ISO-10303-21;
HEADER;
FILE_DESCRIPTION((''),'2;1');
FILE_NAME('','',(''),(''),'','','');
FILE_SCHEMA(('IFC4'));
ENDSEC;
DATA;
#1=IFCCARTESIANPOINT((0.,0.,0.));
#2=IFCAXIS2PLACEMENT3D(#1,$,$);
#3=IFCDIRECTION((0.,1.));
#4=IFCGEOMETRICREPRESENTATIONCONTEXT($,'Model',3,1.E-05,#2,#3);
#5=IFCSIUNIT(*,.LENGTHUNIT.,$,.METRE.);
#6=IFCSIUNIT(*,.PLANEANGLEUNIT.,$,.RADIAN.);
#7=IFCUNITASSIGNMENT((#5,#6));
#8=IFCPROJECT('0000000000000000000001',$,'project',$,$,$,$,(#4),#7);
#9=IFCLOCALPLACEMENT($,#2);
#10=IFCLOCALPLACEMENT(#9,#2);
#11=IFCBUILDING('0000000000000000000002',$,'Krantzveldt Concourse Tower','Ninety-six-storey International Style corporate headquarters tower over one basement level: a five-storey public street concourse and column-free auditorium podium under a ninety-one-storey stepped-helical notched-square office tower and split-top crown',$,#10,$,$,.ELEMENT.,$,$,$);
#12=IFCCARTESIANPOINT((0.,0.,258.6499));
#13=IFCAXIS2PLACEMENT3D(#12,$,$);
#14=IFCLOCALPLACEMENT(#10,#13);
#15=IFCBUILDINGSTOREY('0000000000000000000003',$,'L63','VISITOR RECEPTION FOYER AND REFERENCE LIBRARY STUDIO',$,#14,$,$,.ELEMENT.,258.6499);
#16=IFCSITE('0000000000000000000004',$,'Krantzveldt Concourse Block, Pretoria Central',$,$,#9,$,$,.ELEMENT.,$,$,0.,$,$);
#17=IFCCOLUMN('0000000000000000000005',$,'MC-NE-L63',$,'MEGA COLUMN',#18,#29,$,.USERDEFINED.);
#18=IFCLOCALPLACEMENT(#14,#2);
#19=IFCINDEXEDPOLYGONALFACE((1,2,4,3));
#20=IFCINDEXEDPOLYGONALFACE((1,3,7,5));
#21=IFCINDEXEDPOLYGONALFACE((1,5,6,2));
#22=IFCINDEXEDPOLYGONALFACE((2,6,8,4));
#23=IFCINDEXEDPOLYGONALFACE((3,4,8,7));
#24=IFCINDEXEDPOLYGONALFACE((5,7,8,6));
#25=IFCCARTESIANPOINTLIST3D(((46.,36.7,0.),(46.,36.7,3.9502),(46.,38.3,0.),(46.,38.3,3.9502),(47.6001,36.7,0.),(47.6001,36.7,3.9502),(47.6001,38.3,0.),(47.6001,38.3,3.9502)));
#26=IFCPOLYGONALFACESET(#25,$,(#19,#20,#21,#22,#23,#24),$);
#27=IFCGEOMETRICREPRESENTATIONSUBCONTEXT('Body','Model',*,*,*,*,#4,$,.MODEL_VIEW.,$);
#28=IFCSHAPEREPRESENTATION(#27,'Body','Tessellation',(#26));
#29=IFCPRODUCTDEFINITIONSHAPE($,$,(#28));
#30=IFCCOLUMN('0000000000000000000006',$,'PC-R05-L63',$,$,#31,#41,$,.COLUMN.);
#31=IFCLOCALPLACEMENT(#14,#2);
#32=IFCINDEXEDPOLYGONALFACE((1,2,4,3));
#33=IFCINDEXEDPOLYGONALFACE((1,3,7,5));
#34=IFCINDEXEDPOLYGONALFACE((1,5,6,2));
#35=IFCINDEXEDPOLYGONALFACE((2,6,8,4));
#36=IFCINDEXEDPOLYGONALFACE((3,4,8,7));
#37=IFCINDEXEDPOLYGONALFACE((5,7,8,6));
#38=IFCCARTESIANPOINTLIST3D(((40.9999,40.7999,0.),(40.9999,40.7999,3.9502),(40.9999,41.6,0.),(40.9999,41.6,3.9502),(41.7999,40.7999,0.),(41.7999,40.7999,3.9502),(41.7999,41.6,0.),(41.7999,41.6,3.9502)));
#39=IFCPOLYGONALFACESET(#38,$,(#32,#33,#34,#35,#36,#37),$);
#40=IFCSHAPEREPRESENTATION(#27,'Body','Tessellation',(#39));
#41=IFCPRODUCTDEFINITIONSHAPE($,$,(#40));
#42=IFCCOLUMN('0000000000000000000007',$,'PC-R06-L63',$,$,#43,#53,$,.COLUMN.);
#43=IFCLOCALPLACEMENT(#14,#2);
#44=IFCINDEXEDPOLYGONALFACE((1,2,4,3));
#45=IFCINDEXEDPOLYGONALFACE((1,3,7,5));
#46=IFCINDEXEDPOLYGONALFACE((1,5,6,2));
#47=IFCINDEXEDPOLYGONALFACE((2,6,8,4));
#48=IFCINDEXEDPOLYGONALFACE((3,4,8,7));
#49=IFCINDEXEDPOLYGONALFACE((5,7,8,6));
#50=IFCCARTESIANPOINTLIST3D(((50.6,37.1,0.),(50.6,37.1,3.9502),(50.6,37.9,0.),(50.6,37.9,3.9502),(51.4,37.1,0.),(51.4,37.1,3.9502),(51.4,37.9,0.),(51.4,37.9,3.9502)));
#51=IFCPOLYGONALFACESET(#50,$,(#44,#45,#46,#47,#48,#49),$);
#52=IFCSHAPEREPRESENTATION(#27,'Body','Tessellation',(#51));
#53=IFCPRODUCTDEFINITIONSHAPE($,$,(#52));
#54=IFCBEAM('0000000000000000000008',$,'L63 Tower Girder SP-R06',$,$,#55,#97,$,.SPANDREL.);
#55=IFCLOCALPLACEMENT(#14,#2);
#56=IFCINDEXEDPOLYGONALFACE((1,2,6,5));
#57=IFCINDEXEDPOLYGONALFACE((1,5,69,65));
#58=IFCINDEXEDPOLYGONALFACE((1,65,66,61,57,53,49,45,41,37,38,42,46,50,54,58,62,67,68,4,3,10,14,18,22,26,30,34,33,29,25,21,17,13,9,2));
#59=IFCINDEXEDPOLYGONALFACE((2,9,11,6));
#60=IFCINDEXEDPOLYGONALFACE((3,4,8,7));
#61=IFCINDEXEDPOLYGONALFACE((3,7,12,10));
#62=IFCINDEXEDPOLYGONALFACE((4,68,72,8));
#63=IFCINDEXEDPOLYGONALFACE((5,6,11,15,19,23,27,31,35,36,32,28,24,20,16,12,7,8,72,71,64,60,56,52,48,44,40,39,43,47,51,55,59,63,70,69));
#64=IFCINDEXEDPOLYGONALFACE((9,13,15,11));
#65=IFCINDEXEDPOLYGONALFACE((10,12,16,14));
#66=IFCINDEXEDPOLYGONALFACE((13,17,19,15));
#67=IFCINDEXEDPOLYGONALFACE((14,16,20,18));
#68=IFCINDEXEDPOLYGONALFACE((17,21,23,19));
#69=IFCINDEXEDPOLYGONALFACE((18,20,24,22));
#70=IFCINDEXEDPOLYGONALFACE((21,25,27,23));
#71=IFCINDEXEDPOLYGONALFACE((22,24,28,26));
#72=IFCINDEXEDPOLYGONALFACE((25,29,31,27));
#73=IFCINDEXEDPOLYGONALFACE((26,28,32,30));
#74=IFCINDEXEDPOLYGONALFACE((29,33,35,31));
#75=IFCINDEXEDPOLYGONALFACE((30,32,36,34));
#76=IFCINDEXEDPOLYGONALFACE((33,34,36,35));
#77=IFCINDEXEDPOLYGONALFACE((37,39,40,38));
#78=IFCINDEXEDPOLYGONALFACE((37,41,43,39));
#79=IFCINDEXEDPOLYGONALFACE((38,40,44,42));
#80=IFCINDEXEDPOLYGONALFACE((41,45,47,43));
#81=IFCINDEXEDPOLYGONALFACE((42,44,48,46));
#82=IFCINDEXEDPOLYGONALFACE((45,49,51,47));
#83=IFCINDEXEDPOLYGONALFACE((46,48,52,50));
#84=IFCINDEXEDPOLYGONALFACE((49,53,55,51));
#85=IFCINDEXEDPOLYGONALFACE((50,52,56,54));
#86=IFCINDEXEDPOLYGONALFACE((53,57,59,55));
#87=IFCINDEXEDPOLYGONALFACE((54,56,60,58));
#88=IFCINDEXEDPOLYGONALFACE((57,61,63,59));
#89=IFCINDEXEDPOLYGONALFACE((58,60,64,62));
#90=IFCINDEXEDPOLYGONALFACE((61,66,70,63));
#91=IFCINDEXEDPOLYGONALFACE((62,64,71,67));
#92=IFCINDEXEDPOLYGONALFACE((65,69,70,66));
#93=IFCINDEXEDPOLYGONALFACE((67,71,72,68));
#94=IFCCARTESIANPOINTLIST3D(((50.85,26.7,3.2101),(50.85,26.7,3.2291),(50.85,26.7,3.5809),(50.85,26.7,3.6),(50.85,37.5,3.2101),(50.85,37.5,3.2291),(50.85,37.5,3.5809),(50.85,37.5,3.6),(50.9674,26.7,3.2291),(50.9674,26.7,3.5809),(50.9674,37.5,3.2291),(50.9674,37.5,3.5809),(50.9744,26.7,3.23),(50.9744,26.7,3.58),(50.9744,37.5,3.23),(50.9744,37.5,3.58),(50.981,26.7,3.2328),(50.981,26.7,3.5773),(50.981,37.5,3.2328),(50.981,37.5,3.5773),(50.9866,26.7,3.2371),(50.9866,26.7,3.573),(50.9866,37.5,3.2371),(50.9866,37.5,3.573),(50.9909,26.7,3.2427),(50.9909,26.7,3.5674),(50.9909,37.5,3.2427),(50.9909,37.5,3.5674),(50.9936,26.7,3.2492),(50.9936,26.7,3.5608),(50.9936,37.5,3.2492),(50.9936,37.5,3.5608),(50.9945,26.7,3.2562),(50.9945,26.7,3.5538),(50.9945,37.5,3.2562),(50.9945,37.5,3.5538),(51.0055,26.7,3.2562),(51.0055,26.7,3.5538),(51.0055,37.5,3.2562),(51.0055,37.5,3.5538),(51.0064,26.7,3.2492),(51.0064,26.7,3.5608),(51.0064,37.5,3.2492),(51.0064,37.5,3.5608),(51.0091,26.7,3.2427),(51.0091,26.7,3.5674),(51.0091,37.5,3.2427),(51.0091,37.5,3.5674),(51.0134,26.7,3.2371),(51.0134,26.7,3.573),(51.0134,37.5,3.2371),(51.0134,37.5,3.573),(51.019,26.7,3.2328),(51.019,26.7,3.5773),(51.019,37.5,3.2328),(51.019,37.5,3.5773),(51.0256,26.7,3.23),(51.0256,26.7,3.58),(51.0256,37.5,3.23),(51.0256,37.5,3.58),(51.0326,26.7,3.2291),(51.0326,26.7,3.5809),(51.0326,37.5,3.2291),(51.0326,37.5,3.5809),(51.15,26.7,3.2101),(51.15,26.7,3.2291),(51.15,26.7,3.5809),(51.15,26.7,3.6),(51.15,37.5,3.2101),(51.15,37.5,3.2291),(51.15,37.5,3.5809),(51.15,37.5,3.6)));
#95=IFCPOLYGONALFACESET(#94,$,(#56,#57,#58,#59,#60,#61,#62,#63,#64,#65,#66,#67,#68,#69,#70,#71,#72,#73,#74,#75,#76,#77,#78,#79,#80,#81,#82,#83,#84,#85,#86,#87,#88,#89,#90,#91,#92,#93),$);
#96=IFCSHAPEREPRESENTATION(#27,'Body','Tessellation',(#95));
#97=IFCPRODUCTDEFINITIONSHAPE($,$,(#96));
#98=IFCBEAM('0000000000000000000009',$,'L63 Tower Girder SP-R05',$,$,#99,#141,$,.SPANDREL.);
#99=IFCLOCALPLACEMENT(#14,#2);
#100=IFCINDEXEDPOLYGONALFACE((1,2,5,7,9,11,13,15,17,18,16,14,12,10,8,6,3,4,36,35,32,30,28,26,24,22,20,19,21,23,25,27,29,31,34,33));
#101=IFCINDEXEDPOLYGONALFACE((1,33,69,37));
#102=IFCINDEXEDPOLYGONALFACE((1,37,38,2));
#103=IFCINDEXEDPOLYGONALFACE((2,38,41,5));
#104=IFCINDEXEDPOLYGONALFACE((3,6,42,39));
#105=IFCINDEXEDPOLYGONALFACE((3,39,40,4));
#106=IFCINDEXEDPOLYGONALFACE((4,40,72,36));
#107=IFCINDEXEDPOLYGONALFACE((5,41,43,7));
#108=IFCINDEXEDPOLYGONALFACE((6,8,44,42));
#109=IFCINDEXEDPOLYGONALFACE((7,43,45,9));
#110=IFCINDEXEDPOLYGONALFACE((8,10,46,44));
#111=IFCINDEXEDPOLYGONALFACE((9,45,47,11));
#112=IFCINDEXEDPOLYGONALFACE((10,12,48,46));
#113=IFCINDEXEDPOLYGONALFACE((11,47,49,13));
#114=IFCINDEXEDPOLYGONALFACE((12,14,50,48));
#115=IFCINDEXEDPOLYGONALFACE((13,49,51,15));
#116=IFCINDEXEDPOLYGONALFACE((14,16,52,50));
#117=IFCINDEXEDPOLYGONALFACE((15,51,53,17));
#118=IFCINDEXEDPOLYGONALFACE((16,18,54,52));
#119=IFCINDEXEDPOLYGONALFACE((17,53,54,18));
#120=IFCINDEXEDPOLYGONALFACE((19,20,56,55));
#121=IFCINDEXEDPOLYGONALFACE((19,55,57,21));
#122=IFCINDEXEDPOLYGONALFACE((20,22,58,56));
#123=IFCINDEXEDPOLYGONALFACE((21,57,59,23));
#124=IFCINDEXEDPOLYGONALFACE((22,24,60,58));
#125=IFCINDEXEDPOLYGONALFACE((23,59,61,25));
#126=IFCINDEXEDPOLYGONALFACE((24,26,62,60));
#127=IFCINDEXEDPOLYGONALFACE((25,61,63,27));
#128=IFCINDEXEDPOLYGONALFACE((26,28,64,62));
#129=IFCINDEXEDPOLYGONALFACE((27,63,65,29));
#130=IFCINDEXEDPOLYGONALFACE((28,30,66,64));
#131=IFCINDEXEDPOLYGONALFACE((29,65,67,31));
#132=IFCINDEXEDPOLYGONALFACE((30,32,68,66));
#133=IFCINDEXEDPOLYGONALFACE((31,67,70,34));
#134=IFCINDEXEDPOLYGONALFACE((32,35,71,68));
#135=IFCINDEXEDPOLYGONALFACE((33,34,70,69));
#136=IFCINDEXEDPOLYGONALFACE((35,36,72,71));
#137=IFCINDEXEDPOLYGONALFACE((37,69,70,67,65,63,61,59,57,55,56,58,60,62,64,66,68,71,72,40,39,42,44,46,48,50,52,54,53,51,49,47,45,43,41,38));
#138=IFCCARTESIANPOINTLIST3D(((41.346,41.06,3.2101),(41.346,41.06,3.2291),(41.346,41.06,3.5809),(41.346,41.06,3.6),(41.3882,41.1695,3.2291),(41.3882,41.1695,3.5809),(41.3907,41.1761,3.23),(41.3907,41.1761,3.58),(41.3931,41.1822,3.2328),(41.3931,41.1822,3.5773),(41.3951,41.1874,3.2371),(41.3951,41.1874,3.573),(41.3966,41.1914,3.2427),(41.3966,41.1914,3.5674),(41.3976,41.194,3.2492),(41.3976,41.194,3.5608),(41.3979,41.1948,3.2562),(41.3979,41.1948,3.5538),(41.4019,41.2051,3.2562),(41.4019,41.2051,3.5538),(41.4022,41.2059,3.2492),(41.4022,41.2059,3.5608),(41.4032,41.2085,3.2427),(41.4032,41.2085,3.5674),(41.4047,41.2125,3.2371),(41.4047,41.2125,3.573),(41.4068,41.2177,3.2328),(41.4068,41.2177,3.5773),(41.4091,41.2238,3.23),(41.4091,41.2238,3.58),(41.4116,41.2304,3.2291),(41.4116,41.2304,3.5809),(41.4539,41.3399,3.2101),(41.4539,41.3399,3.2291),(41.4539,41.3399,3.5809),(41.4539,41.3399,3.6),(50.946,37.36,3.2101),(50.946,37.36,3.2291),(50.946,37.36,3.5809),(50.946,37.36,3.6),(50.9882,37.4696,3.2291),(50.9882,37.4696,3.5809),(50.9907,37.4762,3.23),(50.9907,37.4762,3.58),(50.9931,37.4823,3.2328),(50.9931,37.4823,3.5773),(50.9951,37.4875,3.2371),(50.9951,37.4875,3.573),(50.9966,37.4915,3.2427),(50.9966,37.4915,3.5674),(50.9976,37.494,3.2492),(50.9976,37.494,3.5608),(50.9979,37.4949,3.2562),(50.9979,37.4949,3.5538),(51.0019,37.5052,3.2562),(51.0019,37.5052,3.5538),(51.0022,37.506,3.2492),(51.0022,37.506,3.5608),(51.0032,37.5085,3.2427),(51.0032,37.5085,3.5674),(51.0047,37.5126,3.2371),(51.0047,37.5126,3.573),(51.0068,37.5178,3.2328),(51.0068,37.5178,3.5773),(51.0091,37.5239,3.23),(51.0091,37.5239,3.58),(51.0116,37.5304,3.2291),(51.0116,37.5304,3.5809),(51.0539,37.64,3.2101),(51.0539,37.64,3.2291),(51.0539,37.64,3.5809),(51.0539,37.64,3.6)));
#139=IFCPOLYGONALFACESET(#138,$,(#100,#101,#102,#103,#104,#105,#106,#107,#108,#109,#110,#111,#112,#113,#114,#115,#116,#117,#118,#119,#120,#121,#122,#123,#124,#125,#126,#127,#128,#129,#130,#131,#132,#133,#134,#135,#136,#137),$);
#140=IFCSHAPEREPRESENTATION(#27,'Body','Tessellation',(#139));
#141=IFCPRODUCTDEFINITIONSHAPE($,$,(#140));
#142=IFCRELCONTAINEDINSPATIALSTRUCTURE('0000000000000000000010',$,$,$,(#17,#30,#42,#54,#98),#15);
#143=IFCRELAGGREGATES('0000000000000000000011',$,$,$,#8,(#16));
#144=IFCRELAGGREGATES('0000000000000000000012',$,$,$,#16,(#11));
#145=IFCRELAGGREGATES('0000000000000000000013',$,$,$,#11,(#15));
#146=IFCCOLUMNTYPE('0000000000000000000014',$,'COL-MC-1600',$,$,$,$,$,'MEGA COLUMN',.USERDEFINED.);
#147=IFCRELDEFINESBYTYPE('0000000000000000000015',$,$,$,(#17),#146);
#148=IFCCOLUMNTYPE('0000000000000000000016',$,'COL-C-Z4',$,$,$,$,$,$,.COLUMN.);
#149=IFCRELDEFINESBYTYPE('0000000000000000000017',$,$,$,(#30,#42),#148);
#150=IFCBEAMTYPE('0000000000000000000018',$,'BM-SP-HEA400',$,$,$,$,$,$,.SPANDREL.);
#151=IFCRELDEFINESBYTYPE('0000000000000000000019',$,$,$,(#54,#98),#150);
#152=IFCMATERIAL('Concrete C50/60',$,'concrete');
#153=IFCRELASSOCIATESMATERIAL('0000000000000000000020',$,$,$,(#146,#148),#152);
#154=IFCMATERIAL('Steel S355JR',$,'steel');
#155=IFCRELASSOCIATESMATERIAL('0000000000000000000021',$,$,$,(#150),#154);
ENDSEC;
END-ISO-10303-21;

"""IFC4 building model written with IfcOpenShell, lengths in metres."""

from ifc_helpers import new_model, si_unit, direction, frame, origin, origin_2d, place, context, subcontext, project, spatial, rectangle, i_section, extrude, source, transform, mapped, material, material_profile, profile_set, type_object, type_shapes, element, save


model = new_model("IFC4")

# Units and contexts
model_context = context("Model", 3, precision=1e-05, world=origin(), true_north=direction((0.0, 1.0)))
body_context = subcontext(model_context, "Body", "Model", "MODEL_VIEW")
ifc_project = project(units=[si_unit("LENGTHUNIT", "METRE"), si_unit("PLANEANGLEUNIT", "RADIAN")], contexts=[model_context])

# Site, building, storey
site_placement = place(None, origin())
site = spatial("IfcSite", under=ifc_project, at=site_placement, Name="Krantzveldt Concourse Block, Pretoria Central", CompositionType="ELEMENT", RefElevation=0.0)
building_placement = place(site_placement, origin())
building = spatial("IfcBuilding", under=site, at=building_placement, Name="Krantzveldt Concourse Tower", Description="Ninety-six-storey International Style corporate headquarters tower over one basement level: a five-storey public street concourse and column-free auditorium podium under a ninety-one-storey stepped-helical notched-square office tower and split-top crown", CompositionType="ELEMENT")
storey_placement = place(building_placement, frame((0.0, 0.0, 258.6499)))
storey = spatial("IfcBuildingStorey", under=building, at=storey_placement, Name="L63", Description="VISITOR RECEPTION FOYER AND REFERENCE LIBRARY STUDIO", CompositionType="ELEMENT", Elevation=258.6499)

# Columns
ifc_material_1 = material(Name="Concrete C50/60", Category="concrete")
ifc_material_profile_1 = material_profile(ifc_material_1, rectangle(XDim=1.6001, YDim=1.6001, at=origin_2d()), Name="Concrete C50/60", Category="concrete")
ifc_profile_set_1 = profile_set([ifc_material_profile_1], Name="Concrete C50/60 - RC 1600x1600")
column_type_1 = type_object("IfcColumnType", Name="COL-MC-1600", ElementType="MEGA COLUMN", PredefinedType="USERDEFINED", material=ifc_profile_set_1)
shared_shape_1 = source(origin(), body_context, "Body", "SweptSolid", [
    extrude(rectangle(XDim=1.6001, YDim=1.6001, at=origin_2d()), origin(), (0.0, 0.0, 1.0), 3.9502),
])
type_shapes(column_type_1, [shared_shape_1])
column_placement = place(storey_placement, frame((46.8, 37.5, 0.0), z_axis=(0.0, 0.0, 1.0), x_axis=(1.0, 0.0, 0.0)))
element("IfcColumn", 1, at=column_placement, inside=storey, type_object=column_type_1, Name="MC-NE-L63", ObjectType="MEGA COLUMN", PredefinedType="USERDEFINED", context=body_context, shape_type="MappedRepresentation", body=[
    mapped(shared_shape_1, transform((0.0, 0.0, 0.0), x_axis=(1.0, 0.0, 0.0), y_axis=(0.0, 1.0, 0.0), z_axis=(0.0, 0.0, 1.0), scale=1.0)),
])
ifc_material_profile_2 = material_profile(ifc_material_1, rectangle(XDim=0.8, YDim=0.8, at=origin_2d()), Name="Concrete C50/60", Category="concrete")
ifc_profile_set_2 = profile_set([ifc_material_profile_2], Name="Concrete C50/60 - RC 800x800")
column_type_2 = type_object("IfcColumnType", Name="COL-C-Z4", PredefinedType="COLUMN", material=ifc_profile_set_2)
shared_shape_2 = source(origin(), body_context, "Body", "SweptSolid", [
    extrude(rectangle(XDim=0.8, YDim=0.8, at=origin_2d()), origin(), (0.0, 0.0, 1.0), 3.9502),
])
type_shapes(column_type_2, [shared_shape_2])
for number, where, z_axis, x_axis, name in (
    (2, (41.3999, 41.2, 0.0), (0.0, 0.0, 1.0), (1.0, 0.0, 0.0), "PC-R05-L63"),
    (3, (51.0, 37.5, 0.0), (0.0, 0.0, 1.0), (1.0, 0.0, 0.0), "PC-R06-L63"),
):
    element("IfcColumn", number, at=place(storey_placement, frame(where, z_axis=z_axis, x_axis=x_axis)), inside=storey, type_object=column_type_2, Name=name, PredefinedType="COLUMN", context=body_context, shape_type="MappedRepresentation", body=[
        mapped(shared_shape_2, transform((0.0, 0.0, 0.0), x_axis=(1.0, 0.0, 0.0), y_axis=(0.0, 1.0, 0.0), z_axis=(0.0, 0.0, 1.0), scale=1.0)),
    ])

# Beams
ifc_material_2 = material(Name="Steel S355JR", Category="steel")
ifc_material_profile_3 = material_profile(ifc_material_2, i_section(OverallWidth=0.3, OverallDepth=0.3899, WebThickness=0.011, FlangeThickness=0.019, FilletRadius=0.0271, at=origin_2d()), Name="Steel S355JR", Category="steel")
ifc_profile_set_3 = profile_set([ifc_material_profile_3], Name="Steel S355JR - HEA 400")
beam_type_1 = type_object("IfcBeamType", Name="BM-SP-HEA400", PredefinedType="SPANDREL", material=ifc_profile_set_3)
shared_shape_3 = source(origin(), body_context, "Body", "SweptSolid", [
    extrude(i_section(OverallWidth=0.3, OverallDepth=0.3899, WebThickness=0.011, FlangeThickness=0.019, FilletRadius=0.0271, at=origin_2d()), origin(), (0.0, 0.0, 1.0), 10.8),
])
beam_1_placement = place(storey_placement, frame((51.0, 37.5, 3.405), z_axis=(0.0, -1.0, 0.0), x_axis=(1.0, 0.0, 0.0)))
element("IfcBeam", 4, at=beam_1_placement, inside=storey, type_object=beam_type_1, Name="L63 Tower Girder SP-R06", PredefinedType="SPANDREL", context=body_context, shape_type="MappedRepresentation", body=[
    mapped(shared_shape_3, transform((0.0, 0.0, 0.0), x_axis=(1.0, 0.0, 0.0), y_axis=(0.0, 1.0, 0.0), z_axis=(0.0, 0.0, 1.0), scale=1.0)),
])
shared_shape_4 = source(origin(), body_context, "Body", "SweptSolid", [
    extrude(i_section(OverallWidth=0.3, OverallDepth=0.3899, WebThickness=0.011, FlangeThickness=0.019, FilletRadius=0.0271, at=origin_2d()), origin(), (0.0, 0.0, 1.0), 10.2883),
])
type_shapes(beam_type_1, [shared_shape_3, shared_shape_4])
beam_2_placement = place(storey_placement, frame((41.3999, 41.2, 3.405), z_axis=(0.933098, -0.359623, 0.0), x_axis=(0.359623, 0.933098, 0.0)))
element("IfcBeam", 5, at=beam_2_placement, inside=storey, type_object=beam_type_1, Name="L63 Tower Girder SP-R05", PredefinedType="SPANDREL", context=body_context, shape_type="MappedRepresentation", body=[
    mapped(shared_shape_4, transform((0.0, 0.0, 0.0), x_axis=(1.0, 0.0, 0.0), y_axis=(0.0, 1.0, 0.0), z_axis=(0.0, 0.0, 1.0), scale=1.0)),
])

save(model, "model.ifc")
